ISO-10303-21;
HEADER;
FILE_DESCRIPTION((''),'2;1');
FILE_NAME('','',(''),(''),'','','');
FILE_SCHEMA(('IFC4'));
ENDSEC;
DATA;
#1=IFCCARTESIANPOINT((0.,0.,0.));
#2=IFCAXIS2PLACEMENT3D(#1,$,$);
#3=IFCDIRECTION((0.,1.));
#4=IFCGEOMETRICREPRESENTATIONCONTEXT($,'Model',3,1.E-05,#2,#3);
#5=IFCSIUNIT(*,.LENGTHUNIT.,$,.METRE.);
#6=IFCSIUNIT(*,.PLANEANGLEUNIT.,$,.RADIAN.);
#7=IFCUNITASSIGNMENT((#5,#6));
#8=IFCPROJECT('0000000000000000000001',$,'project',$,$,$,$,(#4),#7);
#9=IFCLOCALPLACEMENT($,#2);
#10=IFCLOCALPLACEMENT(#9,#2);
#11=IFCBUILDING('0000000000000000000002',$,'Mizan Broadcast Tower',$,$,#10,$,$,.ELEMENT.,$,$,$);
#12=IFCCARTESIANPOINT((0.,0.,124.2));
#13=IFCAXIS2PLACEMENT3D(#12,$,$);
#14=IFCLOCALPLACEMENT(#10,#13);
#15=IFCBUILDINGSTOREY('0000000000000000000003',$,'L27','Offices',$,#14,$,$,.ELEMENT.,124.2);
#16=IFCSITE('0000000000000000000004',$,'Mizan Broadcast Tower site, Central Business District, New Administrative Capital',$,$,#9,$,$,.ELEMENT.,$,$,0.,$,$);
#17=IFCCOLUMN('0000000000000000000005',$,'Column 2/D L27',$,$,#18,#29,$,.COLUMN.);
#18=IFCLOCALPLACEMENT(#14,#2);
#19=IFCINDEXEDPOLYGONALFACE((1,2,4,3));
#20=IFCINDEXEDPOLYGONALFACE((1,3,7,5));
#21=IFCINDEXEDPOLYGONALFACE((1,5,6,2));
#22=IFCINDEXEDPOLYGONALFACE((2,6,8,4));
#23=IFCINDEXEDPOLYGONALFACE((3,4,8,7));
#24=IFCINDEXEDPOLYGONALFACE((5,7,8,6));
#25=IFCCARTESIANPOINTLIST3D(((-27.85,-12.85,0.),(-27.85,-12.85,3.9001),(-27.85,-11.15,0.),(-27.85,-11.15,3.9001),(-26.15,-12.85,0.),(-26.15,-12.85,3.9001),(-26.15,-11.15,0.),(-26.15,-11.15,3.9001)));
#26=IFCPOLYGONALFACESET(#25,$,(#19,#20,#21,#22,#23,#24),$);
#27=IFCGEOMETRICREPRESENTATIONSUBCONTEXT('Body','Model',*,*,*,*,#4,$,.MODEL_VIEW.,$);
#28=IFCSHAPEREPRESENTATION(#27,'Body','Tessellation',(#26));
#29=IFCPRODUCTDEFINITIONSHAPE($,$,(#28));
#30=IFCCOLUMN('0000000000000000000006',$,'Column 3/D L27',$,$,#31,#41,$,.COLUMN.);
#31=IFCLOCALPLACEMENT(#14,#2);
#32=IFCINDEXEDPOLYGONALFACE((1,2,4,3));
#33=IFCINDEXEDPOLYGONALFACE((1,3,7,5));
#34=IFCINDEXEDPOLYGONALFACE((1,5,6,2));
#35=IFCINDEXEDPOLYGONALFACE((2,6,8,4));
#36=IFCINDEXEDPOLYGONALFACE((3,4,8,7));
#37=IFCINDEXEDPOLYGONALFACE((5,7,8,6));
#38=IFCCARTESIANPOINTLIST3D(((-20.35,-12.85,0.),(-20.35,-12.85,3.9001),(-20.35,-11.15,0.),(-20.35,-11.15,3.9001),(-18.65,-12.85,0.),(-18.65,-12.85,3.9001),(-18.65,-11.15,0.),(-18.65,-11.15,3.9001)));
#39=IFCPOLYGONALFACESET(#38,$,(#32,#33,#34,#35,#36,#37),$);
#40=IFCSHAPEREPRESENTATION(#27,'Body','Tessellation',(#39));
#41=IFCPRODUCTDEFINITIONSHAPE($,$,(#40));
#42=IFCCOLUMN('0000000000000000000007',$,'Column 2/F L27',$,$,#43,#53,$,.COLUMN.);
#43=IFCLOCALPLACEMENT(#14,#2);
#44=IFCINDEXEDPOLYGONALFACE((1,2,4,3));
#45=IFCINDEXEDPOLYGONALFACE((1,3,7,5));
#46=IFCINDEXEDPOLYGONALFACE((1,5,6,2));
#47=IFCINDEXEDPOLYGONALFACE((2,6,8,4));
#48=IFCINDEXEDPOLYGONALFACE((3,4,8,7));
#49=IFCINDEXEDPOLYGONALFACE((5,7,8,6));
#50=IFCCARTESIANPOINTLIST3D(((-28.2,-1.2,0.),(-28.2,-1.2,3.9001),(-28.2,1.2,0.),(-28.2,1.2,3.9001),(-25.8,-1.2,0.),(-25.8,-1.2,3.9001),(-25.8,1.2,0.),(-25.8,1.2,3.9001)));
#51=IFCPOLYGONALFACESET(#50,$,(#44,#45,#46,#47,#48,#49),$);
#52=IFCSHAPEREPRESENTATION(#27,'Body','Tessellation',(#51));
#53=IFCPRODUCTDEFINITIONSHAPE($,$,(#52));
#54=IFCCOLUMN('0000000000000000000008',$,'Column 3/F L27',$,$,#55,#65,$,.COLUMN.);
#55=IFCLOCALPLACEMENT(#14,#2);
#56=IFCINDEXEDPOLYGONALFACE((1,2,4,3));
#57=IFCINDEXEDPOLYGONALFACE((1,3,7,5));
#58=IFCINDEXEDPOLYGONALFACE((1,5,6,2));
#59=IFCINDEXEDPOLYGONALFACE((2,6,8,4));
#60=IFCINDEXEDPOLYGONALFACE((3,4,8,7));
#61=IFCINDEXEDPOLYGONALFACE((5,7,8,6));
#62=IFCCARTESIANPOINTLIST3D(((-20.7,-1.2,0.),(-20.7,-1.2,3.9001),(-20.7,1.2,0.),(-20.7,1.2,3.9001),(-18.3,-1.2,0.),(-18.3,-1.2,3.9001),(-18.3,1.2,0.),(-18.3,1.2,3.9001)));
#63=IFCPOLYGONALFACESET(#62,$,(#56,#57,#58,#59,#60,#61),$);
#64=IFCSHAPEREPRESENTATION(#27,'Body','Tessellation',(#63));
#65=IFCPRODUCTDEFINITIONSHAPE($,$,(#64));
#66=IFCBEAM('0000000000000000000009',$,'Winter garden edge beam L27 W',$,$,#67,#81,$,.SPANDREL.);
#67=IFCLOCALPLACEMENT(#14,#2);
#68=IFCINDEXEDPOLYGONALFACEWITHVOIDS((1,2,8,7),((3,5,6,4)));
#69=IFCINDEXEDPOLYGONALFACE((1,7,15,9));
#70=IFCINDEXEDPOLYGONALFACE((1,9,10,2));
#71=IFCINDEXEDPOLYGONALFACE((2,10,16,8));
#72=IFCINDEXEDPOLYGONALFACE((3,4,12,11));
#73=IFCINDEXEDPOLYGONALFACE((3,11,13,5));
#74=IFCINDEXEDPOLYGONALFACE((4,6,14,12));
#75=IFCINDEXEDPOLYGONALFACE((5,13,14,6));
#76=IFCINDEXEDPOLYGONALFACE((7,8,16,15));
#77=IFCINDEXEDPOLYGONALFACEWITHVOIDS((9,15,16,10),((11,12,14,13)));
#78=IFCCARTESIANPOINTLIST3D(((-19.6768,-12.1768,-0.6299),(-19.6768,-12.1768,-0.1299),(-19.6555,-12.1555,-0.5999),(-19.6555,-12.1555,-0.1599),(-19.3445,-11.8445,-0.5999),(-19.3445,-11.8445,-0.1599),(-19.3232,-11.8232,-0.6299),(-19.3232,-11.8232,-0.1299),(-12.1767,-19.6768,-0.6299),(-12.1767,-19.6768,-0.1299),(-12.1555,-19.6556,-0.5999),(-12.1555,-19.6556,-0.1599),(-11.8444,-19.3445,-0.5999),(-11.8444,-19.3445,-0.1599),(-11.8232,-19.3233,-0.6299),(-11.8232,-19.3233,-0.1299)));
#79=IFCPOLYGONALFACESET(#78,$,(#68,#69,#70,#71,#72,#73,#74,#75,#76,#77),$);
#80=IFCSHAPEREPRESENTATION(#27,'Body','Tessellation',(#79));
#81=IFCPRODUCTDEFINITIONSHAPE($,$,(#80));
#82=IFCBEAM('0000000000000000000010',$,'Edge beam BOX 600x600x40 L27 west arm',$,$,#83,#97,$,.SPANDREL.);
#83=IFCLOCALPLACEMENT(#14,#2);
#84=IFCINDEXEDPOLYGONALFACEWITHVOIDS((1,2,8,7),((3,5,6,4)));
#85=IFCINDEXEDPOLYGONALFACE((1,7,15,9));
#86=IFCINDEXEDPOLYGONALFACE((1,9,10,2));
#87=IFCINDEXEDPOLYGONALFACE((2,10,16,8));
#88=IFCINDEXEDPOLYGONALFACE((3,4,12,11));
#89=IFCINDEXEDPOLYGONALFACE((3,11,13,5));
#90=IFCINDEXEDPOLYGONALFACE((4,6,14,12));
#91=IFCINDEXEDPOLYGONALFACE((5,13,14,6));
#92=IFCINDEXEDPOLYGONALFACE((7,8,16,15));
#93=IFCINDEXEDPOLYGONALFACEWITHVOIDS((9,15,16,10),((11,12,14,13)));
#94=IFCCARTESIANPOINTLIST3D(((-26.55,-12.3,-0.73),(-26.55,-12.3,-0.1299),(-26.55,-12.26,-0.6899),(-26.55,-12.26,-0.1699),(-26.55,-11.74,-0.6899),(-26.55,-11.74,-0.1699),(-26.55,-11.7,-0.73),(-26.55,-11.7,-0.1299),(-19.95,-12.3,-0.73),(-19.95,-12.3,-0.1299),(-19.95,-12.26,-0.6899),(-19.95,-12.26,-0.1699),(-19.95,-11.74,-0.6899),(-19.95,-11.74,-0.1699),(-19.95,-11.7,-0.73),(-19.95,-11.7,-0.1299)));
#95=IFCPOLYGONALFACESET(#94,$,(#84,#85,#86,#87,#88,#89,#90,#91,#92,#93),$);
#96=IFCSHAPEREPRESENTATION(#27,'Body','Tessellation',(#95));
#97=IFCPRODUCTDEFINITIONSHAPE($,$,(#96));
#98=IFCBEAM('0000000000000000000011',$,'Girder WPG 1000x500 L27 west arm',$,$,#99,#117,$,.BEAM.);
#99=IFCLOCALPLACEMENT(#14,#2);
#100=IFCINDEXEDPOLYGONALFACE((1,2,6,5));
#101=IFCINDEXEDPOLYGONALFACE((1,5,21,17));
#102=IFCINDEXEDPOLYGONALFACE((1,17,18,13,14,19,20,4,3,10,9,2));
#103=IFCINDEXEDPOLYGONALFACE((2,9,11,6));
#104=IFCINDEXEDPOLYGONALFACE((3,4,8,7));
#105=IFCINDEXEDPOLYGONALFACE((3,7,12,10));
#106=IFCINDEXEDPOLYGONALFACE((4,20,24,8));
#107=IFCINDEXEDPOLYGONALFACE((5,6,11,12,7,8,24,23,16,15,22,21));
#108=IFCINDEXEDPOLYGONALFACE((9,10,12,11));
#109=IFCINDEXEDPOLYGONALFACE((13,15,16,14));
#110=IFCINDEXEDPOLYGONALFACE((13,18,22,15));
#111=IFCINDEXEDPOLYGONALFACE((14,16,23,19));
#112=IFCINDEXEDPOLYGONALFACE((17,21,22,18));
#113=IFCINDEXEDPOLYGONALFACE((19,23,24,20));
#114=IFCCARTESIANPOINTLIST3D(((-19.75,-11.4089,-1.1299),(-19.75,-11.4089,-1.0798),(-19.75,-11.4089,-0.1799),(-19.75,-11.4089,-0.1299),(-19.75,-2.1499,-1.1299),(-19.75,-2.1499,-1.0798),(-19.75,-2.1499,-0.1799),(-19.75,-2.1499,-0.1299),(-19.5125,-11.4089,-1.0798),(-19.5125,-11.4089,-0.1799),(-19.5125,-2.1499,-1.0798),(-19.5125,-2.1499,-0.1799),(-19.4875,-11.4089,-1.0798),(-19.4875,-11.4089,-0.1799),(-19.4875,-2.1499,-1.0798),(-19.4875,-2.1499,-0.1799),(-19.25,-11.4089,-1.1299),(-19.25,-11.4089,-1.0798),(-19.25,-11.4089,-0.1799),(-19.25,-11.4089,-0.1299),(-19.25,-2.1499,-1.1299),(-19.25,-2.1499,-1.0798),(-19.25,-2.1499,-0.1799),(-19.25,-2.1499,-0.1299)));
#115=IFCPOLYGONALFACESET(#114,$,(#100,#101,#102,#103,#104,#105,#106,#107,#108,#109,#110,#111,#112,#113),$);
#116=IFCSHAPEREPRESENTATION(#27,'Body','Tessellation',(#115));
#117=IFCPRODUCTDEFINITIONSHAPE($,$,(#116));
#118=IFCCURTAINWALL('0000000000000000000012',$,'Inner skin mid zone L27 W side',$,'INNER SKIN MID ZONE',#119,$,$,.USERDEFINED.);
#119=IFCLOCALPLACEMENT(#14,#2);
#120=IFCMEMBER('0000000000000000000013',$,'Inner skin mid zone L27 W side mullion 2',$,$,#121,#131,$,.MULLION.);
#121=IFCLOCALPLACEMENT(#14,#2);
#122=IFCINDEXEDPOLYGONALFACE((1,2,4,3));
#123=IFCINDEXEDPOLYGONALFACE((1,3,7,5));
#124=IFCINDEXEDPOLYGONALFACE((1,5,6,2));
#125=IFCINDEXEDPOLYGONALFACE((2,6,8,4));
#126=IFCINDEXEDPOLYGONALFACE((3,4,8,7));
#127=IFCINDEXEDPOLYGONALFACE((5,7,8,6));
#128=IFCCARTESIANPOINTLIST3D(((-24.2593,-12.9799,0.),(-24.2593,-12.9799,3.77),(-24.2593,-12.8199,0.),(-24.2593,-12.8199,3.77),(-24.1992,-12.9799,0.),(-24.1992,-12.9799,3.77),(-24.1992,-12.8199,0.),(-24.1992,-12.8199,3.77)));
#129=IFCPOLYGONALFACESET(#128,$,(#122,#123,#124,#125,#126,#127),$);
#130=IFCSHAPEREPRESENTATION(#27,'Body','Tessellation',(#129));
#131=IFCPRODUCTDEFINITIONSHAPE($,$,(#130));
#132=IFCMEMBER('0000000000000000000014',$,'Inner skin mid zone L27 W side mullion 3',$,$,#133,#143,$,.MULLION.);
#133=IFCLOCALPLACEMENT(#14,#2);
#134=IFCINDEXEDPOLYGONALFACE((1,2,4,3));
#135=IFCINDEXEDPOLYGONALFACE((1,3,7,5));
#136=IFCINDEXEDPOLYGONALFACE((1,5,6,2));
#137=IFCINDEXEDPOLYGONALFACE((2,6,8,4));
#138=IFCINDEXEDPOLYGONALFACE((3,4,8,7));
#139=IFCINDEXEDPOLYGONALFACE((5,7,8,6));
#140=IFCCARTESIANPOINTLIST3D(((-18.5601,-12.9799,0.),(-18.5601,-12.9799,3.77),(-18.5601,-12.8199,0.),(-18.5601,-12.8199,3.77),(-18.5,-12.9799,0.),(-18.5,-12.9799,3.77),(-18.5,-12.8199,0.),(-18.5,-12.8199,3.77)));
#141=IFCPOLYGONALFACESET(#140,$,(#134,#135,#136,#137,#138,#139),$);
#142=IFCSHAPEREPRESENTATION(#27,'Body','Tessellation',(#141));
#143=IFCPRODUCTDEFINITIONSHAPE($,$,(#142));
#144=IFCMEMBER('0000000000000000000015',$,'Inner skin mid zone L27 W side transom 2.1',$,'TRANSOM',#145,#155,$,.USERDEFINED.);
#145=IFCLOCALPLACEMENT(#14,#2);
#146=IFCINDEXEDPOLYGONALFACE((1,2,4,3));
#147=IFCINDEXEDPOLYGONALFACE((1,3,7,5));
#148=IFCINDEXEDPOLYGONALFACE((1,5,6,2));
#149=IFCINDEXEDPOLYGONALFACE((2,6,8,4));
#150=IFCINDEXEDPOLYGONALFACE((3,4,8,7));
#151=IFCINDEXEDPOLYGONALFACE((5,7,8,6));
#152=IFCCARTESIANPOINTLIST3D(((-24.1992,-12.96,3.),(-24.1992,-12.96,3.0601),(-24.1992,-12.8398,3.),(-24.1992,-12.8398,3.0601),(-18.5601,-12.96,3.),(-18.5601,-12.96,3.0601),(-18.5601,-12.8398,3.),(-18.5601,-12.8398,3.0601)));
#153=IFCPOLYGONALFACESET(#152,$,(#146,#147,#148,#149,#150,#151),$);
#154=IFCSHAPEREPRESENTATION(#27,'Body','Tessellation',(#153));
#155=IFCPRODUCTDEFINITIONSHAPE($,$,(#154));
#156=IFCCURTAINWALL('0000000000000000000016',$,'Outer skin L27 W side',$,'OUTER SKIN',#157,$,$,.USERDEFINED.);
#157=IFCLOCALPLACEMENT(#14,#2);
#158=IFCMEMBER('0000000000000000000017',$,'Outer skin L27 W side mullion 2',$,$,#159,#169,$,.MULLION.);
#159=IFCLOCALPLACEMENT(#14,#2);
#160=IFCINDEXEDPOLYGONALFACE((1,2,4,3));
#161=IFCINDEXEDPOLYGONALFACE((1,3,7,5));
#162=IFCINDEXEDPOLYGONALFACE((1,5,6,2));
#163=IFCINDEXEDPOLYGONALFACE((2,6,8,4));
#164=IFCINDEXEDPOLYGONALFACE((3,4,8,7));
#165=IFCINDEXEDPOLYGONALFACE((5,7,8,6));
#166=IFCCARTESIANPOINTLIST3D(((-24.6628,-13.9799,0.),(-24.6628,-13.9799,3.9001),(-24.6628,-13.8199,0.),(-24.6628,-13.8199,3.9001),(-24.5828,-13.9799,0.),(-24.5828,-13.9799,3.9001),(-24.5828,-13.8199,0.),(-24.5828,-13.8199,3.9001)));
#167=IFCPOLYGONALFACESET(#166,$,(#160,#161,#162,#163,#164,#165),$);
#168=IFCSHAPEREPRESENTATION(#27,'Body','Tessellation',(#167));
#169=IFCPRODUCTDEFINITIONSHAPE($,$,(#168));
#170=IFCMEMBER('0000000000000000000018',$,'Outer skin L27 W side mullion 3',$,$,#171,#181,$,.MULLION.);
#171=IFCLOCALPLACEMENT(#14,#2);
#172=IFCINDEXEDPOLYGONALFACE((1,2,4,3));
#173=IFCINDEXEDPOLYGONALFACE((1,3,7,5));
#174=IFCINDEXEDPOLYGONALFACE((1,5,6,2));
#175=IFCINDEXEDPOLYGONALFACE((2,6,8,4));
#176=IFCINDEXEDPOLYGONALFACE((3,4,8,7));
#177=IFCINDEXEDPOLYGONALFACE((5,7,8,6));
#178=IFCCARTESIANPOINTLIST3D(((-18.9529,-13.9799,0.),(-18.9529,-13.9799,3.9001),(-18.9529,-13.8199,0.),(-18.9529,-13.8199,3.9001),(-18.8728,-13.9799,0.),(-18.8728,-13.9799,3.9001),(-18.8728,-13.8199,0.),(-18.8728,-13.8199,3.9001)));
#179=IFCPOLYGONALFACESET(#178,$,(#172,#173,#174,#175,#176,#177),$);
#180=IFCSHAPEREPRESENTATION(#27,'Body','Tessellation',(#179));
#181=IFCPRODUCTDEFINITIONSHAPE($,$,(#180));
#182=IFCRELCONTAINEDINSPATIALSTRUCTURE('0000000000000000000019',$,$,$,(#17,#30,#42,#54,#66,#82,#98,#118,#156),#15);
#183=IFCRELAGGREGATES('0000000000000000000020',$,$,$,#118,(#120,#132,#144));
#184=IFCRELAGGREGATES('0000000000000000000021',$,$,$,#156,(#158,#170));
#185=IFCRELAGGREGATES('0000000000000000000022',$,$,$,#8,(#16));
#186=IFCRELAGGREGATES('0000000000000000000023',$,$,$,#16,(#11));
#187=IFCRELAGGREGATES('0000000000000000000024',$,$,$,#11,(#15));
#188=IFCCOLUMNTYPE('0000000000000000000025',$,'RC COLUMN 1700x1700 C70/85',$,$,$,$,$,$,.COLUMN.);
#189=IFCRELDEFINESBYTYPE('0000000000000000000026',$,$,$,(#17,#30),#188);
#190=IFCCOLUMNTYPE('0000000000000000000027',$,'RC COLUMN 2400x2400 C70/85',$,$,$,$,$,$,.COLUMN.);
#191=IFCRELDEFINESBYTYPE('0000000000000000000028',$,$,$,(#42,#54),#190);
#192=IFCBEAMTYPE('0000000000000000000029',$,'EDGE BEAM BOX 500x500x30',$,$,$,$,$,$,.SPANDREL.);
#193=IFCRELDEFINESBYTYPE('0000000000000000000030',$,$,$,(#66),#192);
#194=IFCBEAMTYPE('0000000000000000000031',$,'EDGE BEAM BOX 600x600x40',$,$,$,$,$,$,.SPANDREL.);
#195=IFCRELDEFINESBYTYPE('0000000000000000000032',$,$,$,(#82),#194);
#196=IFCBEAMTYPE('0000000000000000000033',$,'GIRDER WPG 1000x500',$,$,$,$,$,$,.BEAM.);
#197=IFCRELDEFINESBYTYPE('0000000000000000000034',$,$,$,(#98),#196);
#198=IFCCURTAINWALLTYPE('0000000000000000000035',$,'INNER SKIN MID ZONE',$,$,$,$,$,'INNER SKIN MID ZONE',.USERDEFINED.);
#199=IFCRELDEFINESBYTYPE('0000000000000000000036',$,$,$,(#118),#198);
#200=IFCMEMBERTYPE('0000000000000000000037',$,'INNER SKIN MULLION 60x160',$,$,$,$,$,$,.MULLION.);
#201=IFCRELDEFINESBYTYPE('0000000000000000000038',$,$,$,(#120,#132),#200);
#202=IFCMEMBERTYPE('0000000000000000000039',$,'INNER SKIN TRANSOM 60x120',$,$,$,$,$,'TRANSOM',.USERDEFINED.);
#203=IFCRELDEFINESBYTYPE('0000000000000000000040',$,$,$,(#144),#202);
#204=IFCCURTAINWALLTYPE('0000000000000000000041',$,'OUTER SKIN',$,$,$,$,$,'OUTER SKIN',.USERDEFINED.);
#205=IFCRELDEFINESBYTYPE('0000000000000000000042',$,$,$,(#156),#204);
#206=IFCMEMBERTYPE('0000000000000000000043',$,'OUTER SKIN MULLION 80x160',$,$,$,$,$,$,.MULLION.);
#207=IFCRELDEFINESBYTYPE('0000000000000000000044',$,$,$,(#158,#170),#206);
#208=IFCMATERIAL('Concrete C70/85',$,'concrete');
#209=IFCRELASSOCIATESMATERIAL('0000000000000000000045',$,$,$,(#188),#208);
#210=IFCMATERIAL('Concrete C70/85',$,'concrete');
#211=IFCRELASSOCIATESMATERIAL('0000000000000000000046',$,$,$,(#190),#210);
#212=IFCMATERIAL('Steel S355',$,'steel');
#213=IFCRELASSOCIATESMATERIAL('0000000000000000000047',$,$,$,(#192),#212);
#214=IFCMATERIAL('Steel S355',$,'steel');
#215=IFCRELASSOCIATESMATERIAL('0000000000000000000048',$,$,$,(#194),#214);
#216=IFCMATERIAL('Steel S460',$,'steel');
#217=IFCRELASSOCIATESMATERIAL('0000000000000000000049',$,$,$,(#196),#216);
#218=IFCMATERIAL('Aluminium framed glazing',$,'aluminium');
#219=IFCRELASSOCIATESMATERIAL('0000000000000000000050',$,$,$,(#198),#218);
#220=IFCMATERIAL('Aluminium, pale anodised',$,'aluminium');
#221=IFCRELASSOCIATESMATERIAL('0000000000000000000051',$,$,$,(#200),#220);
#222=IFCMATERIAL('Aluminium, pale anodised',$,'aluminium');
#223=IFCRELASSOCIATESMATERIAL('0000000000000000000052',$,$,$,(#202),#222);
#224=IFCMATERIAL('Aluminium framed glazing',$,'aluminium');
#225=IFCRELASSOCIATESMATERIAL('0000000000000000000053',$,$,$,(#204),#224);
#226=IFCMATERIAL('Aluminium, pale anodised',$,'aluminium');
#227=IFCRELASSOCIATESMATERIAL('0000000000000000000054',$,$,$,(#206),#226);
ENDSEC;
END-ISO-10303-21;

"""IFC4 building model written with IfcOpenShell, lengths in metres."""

from ifc_helpers import new_model, si_unit, direction, frame, origin, origin_2d, place, context, subcontext, project, spatial, rectangle, hollow_rectangle, i_section, extrude, material, material_profile, profile_set, type_object, element, aggregate, save


model = new_model("IFC4")

# Units and contexts
model_context = context("Model", 3, precision=1e-05, world=origin(), true_north=direction((0.0, 1.0)))
body_context = subcontext(model_context, "Body", "Model", "MODEL_VIEW")
ifc_project = project(units=[si_unit("LENGTHUNIT", "METRE"), si_unit("PLANEANGLEUNIT", "RADIAN")], contexts=[model_context])

# Site, building, storey
site_placement = place(None, origin())
site = spatial("IfcSite", under=ifc_project, at=site_placement, Name="Mizan Broadcast Tower site, Central Business District, New Administrative Capital", CompositionType="ELEMENT", RefElevation=0.0)
building_placement = place(site_placement, origin())
building = spatial("IfcBuilding", under=site, at=building_placement, Name="Mizan Broadcast Tower", CompositionType="ELEMENT")
storey_placement = place(building_placement, frame((0.0, 0.0, 124.2)))
storey = spatial("IfcBuildingStorey", under=building, at=storey_placement, Name="L27", Description="Offices", CompositionType="ELEMENT", Elevation=124.2)

# Columns
ifc_material_1 = material(Name="Concrete C70/85", Category="concrete")
ifc_material_profile_1 = material_profile(ifc_material_1, rectangle(XDim=1.7, YDim=1.7, at=origin_2d()), Name="RC 1700x1700")
ifc_profile_set_1 = profile_set([ifc_material_profile_1], Name="Concrete C70/85")
column_type_1 = type_object("IfcColumnType", Name="RC COLUMN 1700x1700 C70/85", PredefinedType="COLUMN", material=ifc_profile_set_1)
for number, where, z_axis, x_axis, name in (
    (1, (-27.0, -12.0, 0.0), (0.0, 0.0, 1.0), (1.0, 0.0, 0.0), "Column 2/D L27"),
    (2, (-19.5, -12.0, 0.0), (0.0, 0.0, 1.0), (1.0, 0.0, 0.0), "Column 3/D L27"),
):
    element("IfcColumn", number, at=place(storey_placement, frame(where, z_axis=z_axis, x_axis=x_axis)), inside=storey, type_object=column_type_1, Name=name, PredefinedType="COLUMN", context=body_context, shape_type="SweptSolid", body=[
        extrude(rectangle(XDim=1.7, YDim=1.7, at=origin_2d()), origin(), (0.0, 0.0, 1.0), 3.9001),
    ])
ifc_material_2 = material(Name="Concrete C70/85", Category="concrete")
ifc_material_profile_2 = material_profile(ifc_material_2, rectangle(XDim=2.3999, YDim=2.3999, at=origin_2d()), Name="RC 2400x2400")
ifc_profile_set_2 = profile_set([ifc_material_profile_2], Name="Concrete C70/85")
column_type_2 = type_object("IfcColumnType", Name="RC COLUMN 2400x2400 C70/85", PredefinedType="COLUMN", material=ifc_profile_set_2)
for number, where, z_axis, x_axis, name in (
    (3, (-27.0, 0.0, 0.0), (0.0, 0.0, 1.0), (1.0, 0.0, 0.0), "Column 2/F L27"),
    (4, (-19.5, 0.0, 0.0), (0.0, 0.0, 1.0), (1.0, 0.0, 0.0), "Column 3/F L27"),
):
    element("IfcColumn", number, at=place(storey_placement, frame(where, z_axis=z_axis, x_axis=x_axis)), inside=storey, type_object=column_type_2, Name=name, PredefinedType="COLUMN", context=body_context, shape_type="SweptSolid", body=[
        extrude(rectangle(XDim=2.3999, YDim=2.3999, at=origin_2d()), origin(), (0.0, 0.0, 1.0), 3.9001),
    ])

# Beams
ifc_material_3 = material(Name="Steel S355", Category="steel")
ifc_material_profile_3 = material_profile(ifc_material_3, hollow_rectangle(XDim=0.5, YDim=0.5, WallThickness=0.03, at=origin_2d()), Name="BOX 500x500x30")
ifc_profile_set_3 = profile_set([ifc_material_profile_3], Name="Steel S355")
beam_type_1 = type_object("IfcBeamType", Name="EDGE BEAM BOX 500x500x30", PredefinedType="SPANDREL", material=ifc_profile_set_3)
beam_1_placement = place(storey_placement, frame((-19.5, -12.0, -0.3799), z_axis=(0.707107, -0.707107, 0.0), x_axis=(0.707107, 0.707107, 0.0)))
element("IfcBeam", 5, at=beam_1_placement, inside=storey, type_object=beam_type_1, Name="Winter garden edge beam L27 W", PredefinedType="SPANDREL", context=body_context, shape_type="SweptSolid", body=[
    extrude(hollow_rectangle(XDim=0.5, YDim=0.5, WallThickness=0.03, at=origin_2d()), origin(), (0.0, 0.0, 1.0), 10.6067),
])
ifc_material_4 = material(Name="Steel S355", Category="steel")
ifc_material_profile_4 = material_profile(ifc_material_4, hollow_rectangle(XDim=0.6001, YDim=0.6001, WallThickness=0.04, at=origin_2d()), Name="BOX 600x600x40")
ifc_profile_set_4 = profile_set([ifc_material_profile_4], Name="Steel S355")
beam_type_2 = type_object("IfcBeamType", Name="EDGE BEAM BOX 600x600x40", PredefinedType="SPANDREL", material=ifc_profile_set_4)
beam_2_placement = place(storey_placement, frame((-19.95, -12.0, -0.4299), z_axis=(-1.0, 0.0, 0.0), x_axis=(0.0, -1.0, 0.0)))
element("IfcBeam", 6, at=beam_2_placement, inside=storey, type_object=beam_type_2, Name="Edge beam BOX 600x600x40 L27 west arm", PredefinedType="SPANDREL", context=body_context, shape_type="SweptSolid", body=[
    extrude(hollow_rectangle(XDim=0.6001, YDim=0.6001, WallThickness=0.04, at=origin_2d()), origin(), (0.0, 0.0, 1.0), 6.6001),
])
ifc_material_5 = material(Name="Steel S460", Category="steel")
ifc_material_profile_5 = material_profile(ifc_material_5, i_section(OverallWidth=0.5, OverallDepth=1.0, WebThickness=0.0249, FlangeThickness=0.05, at=origin_2d()), Name="WPG 1000x500")
ifc_profile_set_5 = profile_set([ifc_material_profile_5], Name="Steel S460")
beam_type_3 = type_object("IfcBeamType", Name="GIRDER WPG 1000x500", PredefinedType="BEAM", material=ifc_profile_set_5)
beam_3_placement = place(storey_placement, frame((-19.5, -11.4089, -0.6299), z_axis=(0.0, 1.0, 0.0), x_axis=(-1.0, 0.0, 0.0)))
element("IfcBeam", 7, at=beam_3_placement, inside=storey, type_object=beam_type_3, Name="Girder WPG 1000x500 L27 west arm", PredefinedType="BEAM", context=body_context, shape_type="SweptSolid", body=[
    extrude(i_section(OverallWidth=0.5, OverallDepth=1.0, WebThickness=0.0249, FlangeThickness=0.05, at=origin_2d()), origin(), (0.0, 0.0, 1.0), 9.259),
])

# Curtain walls, members
ifc_material_6 = material(Name="Aluminium framed glazing", Category="aluminium")
curtain_wall_type_1 = type_object("IfcCurtainWallType", Name="INNER SKIN MID ZONE", ElementType="INNER SKIN MID ZONE", PredefinedType="USERDEFINED", material=ifc_material_6)
curtain_wall_1_placement = place(storey_placement, origin())
curtain_wall_1 = element("IfcCurtainWall", 8, at=curtain_wall_1_placement, inside=storey, type_object=curtain_wall_type_1, Name="Inner skin mid zone L27 W side", ObjectType="INNER SKIN MID ZONE", PredefinedType="USERDEFINED")
ifc_material_7 = material(Name="Aluminium, pale anodised", Category="aluminium")
ifc_material_profile_6 = material_profile(ifc_material_7, rectangle(XDim=0.1599, YDim=0.0601, at=origin_2d()), Name="MULLION 160x60")
ifc_profile_set_6 = profile_set([ifc_material_profile_6], Name="Aluminium, pale anodised")
member_type_1 = type_object("IfcMemberType", Name="INNER SKIN MULLION 60x160", PredefinedType="MULLION", material=ifc_profile_set_6)
member_1_placement = place(storey_placement, frame((-24.2292, -12.8999, 0.0), z_axis=(0.0, 0.0, 1.0), x_axis=(0.0, 1.0, 0.0)))
member_1 = element("IfcMember", 9, at=member_1_placement, type_object=member_type_1, Name="Inner skin mid zone L27 W side mullion 2", PredefinedType="MULLION", context=body_context, shape_type="SweptSolid", body=[
    extrude(rectangle(XDim=0.1599, YDim=0.0601, at=origin_2d()), origin(), (0.0, 0.0, 1.0), 3.77),
])
member_2_placement = place(storey_placement, frame((-18.53, -12.8999, 0.0), z_axis=(0.0, 0.0, 1.0), x_axis=(0.0, 1.0, 0.0)))
member_2 = element("IfcMember", 10, at=member_2_placement, type_object=member_type_1, Name="Inner skin mid zone L27 W side mullion 3", PredefinedType="MULLION", context=body_context, shape_type="SweptSolid", body=[
    extrude(rectangle(XDim=0.1599, YDim=0.0601, at=origin_2d()), origin(), (0.0, 0.0, 1.0), 3.77),
])
ifc_material_8 = material(Name="Aluminium, pale anodised", Category="aluminium")
ifc_material_profile_7 = material_profile(ifc_material_8, rectangle(XDim=0.1201, YDim=0.0601, at=origin_2d()), Name="TRANSOM 120x60")
ifc_profile_set_7 = profile_set([ifc_material_profile_7], Name="Aluminium, pale anodised")
member_type_2 = type_object("IfcMemberType", Name="INNER SKIN TRANSOM 60x120", ElementType="TRANSOM", PredefinedType="USERDEFINED", material=ifc_profile_set_7)
member_3_placement = place(storey_placement, frame((-24.1992, -12.8999, 3.03), z_axis=(1.0, 0.0, 0.0), x_axis=(0.0, 1.0, 0.0)))
member_3 = element("IfcMember", 11, at=member_3_placement, type_object=member_type_2, Name="Inner skin mid zone L27 W side transom 2.1", ObjectType="TRANSOM", PredefinedType="USERDEFINED", context=body_context, shape_type="SweptSolid", body=[
    extrude(rectangle(XDim=0.1201, YDim=0.0601, at=origin_2d()), origin(), (0.0, 0.0, 1.0), 5.6392),
])
ifc_material_9 = material(Name="Aluminium framed glazing", Category="aluminium")
curtain_wall_type_2 = type_object("IfcCurtainWallType", Name="OUTER SKIN", ElementType="OUTER SKIN", PredefinedType="USERDEFINED", material=ifc_material_9)
curtain_wall_2_placement = place(storey_placement, origin())
curtain_wall_2 = element("IfcCurtainWall", 12, at=curtain_wall_2_placement, inside=storey, type_object=curtain_wall_type_2, Name="Outer skin L27 W side", ObjectType="OUTER SKIN", PredefinedType="USERDEFINED")
ifc_material_10 = material(Name="Aluminium, pale anodised", Category="aluminium")
ifc_material_profile_8 = material_profile(ifc_material_10, rectangle(XDim=0.1599, YDim=0.0801, at=origin_2d()), Name="MULLION 160x80")
ifc_profile_set_8 = profile_set([ifc_material_profile_8], Name="Aluminium, pale anodised")
member_type_3 = type_object("IfcMemberType", Name="OUTER SKIN MULLION 80x160", PredefinedType="MULLION", material=ifc_profile_set_8)
member_4_placement = place(storey_placement, frame((-24.6228, -13.8999, 0.0), z_axis=(0.0, 0.0, 1.0), x_axis=(0.0, 1.0, 0.0)))
member_4 = element("IfcMember", 13, at=member_4_placement, type_object=member_type_3, Name="Outer skin L27 W side mullion 2", PredefinedType="MULLION", context=body_context, shape_type="SweptSolid", body=[
    extrude(rectangle(XDim=0.1599, YDim=0.0801, at=origin_2d()), origin(), (0.0, 0.0, 1.0), 3.9001),
])
member_5_placement = place(storey_placement, frame((-18.9128, -13.8999, 0.0), z_axis=(0.0, 0.0, 1.0), x_axis=(0.0, 1.0, 0.0)))
member_5 = element("IfcMember", 14, at=member_5_placement, type_object=member_type_3, Name="Outer skin L27 W side mullion 3", PredefinedType="MULLION", context=body_context, shape_type="SweptSolid", body=[
    extrude(rectangle(XDim=0.1599, YDim=0.0801, at=origin_2d()), origin(), (0.0, 0.0, 1.0), 3.9001),
])

aggregate(curtain_wall_1, [member_1, member_2, member_3])
aggregate(curtain_wall_2, [member_4, member_5])

save(model, "model.ifc")
